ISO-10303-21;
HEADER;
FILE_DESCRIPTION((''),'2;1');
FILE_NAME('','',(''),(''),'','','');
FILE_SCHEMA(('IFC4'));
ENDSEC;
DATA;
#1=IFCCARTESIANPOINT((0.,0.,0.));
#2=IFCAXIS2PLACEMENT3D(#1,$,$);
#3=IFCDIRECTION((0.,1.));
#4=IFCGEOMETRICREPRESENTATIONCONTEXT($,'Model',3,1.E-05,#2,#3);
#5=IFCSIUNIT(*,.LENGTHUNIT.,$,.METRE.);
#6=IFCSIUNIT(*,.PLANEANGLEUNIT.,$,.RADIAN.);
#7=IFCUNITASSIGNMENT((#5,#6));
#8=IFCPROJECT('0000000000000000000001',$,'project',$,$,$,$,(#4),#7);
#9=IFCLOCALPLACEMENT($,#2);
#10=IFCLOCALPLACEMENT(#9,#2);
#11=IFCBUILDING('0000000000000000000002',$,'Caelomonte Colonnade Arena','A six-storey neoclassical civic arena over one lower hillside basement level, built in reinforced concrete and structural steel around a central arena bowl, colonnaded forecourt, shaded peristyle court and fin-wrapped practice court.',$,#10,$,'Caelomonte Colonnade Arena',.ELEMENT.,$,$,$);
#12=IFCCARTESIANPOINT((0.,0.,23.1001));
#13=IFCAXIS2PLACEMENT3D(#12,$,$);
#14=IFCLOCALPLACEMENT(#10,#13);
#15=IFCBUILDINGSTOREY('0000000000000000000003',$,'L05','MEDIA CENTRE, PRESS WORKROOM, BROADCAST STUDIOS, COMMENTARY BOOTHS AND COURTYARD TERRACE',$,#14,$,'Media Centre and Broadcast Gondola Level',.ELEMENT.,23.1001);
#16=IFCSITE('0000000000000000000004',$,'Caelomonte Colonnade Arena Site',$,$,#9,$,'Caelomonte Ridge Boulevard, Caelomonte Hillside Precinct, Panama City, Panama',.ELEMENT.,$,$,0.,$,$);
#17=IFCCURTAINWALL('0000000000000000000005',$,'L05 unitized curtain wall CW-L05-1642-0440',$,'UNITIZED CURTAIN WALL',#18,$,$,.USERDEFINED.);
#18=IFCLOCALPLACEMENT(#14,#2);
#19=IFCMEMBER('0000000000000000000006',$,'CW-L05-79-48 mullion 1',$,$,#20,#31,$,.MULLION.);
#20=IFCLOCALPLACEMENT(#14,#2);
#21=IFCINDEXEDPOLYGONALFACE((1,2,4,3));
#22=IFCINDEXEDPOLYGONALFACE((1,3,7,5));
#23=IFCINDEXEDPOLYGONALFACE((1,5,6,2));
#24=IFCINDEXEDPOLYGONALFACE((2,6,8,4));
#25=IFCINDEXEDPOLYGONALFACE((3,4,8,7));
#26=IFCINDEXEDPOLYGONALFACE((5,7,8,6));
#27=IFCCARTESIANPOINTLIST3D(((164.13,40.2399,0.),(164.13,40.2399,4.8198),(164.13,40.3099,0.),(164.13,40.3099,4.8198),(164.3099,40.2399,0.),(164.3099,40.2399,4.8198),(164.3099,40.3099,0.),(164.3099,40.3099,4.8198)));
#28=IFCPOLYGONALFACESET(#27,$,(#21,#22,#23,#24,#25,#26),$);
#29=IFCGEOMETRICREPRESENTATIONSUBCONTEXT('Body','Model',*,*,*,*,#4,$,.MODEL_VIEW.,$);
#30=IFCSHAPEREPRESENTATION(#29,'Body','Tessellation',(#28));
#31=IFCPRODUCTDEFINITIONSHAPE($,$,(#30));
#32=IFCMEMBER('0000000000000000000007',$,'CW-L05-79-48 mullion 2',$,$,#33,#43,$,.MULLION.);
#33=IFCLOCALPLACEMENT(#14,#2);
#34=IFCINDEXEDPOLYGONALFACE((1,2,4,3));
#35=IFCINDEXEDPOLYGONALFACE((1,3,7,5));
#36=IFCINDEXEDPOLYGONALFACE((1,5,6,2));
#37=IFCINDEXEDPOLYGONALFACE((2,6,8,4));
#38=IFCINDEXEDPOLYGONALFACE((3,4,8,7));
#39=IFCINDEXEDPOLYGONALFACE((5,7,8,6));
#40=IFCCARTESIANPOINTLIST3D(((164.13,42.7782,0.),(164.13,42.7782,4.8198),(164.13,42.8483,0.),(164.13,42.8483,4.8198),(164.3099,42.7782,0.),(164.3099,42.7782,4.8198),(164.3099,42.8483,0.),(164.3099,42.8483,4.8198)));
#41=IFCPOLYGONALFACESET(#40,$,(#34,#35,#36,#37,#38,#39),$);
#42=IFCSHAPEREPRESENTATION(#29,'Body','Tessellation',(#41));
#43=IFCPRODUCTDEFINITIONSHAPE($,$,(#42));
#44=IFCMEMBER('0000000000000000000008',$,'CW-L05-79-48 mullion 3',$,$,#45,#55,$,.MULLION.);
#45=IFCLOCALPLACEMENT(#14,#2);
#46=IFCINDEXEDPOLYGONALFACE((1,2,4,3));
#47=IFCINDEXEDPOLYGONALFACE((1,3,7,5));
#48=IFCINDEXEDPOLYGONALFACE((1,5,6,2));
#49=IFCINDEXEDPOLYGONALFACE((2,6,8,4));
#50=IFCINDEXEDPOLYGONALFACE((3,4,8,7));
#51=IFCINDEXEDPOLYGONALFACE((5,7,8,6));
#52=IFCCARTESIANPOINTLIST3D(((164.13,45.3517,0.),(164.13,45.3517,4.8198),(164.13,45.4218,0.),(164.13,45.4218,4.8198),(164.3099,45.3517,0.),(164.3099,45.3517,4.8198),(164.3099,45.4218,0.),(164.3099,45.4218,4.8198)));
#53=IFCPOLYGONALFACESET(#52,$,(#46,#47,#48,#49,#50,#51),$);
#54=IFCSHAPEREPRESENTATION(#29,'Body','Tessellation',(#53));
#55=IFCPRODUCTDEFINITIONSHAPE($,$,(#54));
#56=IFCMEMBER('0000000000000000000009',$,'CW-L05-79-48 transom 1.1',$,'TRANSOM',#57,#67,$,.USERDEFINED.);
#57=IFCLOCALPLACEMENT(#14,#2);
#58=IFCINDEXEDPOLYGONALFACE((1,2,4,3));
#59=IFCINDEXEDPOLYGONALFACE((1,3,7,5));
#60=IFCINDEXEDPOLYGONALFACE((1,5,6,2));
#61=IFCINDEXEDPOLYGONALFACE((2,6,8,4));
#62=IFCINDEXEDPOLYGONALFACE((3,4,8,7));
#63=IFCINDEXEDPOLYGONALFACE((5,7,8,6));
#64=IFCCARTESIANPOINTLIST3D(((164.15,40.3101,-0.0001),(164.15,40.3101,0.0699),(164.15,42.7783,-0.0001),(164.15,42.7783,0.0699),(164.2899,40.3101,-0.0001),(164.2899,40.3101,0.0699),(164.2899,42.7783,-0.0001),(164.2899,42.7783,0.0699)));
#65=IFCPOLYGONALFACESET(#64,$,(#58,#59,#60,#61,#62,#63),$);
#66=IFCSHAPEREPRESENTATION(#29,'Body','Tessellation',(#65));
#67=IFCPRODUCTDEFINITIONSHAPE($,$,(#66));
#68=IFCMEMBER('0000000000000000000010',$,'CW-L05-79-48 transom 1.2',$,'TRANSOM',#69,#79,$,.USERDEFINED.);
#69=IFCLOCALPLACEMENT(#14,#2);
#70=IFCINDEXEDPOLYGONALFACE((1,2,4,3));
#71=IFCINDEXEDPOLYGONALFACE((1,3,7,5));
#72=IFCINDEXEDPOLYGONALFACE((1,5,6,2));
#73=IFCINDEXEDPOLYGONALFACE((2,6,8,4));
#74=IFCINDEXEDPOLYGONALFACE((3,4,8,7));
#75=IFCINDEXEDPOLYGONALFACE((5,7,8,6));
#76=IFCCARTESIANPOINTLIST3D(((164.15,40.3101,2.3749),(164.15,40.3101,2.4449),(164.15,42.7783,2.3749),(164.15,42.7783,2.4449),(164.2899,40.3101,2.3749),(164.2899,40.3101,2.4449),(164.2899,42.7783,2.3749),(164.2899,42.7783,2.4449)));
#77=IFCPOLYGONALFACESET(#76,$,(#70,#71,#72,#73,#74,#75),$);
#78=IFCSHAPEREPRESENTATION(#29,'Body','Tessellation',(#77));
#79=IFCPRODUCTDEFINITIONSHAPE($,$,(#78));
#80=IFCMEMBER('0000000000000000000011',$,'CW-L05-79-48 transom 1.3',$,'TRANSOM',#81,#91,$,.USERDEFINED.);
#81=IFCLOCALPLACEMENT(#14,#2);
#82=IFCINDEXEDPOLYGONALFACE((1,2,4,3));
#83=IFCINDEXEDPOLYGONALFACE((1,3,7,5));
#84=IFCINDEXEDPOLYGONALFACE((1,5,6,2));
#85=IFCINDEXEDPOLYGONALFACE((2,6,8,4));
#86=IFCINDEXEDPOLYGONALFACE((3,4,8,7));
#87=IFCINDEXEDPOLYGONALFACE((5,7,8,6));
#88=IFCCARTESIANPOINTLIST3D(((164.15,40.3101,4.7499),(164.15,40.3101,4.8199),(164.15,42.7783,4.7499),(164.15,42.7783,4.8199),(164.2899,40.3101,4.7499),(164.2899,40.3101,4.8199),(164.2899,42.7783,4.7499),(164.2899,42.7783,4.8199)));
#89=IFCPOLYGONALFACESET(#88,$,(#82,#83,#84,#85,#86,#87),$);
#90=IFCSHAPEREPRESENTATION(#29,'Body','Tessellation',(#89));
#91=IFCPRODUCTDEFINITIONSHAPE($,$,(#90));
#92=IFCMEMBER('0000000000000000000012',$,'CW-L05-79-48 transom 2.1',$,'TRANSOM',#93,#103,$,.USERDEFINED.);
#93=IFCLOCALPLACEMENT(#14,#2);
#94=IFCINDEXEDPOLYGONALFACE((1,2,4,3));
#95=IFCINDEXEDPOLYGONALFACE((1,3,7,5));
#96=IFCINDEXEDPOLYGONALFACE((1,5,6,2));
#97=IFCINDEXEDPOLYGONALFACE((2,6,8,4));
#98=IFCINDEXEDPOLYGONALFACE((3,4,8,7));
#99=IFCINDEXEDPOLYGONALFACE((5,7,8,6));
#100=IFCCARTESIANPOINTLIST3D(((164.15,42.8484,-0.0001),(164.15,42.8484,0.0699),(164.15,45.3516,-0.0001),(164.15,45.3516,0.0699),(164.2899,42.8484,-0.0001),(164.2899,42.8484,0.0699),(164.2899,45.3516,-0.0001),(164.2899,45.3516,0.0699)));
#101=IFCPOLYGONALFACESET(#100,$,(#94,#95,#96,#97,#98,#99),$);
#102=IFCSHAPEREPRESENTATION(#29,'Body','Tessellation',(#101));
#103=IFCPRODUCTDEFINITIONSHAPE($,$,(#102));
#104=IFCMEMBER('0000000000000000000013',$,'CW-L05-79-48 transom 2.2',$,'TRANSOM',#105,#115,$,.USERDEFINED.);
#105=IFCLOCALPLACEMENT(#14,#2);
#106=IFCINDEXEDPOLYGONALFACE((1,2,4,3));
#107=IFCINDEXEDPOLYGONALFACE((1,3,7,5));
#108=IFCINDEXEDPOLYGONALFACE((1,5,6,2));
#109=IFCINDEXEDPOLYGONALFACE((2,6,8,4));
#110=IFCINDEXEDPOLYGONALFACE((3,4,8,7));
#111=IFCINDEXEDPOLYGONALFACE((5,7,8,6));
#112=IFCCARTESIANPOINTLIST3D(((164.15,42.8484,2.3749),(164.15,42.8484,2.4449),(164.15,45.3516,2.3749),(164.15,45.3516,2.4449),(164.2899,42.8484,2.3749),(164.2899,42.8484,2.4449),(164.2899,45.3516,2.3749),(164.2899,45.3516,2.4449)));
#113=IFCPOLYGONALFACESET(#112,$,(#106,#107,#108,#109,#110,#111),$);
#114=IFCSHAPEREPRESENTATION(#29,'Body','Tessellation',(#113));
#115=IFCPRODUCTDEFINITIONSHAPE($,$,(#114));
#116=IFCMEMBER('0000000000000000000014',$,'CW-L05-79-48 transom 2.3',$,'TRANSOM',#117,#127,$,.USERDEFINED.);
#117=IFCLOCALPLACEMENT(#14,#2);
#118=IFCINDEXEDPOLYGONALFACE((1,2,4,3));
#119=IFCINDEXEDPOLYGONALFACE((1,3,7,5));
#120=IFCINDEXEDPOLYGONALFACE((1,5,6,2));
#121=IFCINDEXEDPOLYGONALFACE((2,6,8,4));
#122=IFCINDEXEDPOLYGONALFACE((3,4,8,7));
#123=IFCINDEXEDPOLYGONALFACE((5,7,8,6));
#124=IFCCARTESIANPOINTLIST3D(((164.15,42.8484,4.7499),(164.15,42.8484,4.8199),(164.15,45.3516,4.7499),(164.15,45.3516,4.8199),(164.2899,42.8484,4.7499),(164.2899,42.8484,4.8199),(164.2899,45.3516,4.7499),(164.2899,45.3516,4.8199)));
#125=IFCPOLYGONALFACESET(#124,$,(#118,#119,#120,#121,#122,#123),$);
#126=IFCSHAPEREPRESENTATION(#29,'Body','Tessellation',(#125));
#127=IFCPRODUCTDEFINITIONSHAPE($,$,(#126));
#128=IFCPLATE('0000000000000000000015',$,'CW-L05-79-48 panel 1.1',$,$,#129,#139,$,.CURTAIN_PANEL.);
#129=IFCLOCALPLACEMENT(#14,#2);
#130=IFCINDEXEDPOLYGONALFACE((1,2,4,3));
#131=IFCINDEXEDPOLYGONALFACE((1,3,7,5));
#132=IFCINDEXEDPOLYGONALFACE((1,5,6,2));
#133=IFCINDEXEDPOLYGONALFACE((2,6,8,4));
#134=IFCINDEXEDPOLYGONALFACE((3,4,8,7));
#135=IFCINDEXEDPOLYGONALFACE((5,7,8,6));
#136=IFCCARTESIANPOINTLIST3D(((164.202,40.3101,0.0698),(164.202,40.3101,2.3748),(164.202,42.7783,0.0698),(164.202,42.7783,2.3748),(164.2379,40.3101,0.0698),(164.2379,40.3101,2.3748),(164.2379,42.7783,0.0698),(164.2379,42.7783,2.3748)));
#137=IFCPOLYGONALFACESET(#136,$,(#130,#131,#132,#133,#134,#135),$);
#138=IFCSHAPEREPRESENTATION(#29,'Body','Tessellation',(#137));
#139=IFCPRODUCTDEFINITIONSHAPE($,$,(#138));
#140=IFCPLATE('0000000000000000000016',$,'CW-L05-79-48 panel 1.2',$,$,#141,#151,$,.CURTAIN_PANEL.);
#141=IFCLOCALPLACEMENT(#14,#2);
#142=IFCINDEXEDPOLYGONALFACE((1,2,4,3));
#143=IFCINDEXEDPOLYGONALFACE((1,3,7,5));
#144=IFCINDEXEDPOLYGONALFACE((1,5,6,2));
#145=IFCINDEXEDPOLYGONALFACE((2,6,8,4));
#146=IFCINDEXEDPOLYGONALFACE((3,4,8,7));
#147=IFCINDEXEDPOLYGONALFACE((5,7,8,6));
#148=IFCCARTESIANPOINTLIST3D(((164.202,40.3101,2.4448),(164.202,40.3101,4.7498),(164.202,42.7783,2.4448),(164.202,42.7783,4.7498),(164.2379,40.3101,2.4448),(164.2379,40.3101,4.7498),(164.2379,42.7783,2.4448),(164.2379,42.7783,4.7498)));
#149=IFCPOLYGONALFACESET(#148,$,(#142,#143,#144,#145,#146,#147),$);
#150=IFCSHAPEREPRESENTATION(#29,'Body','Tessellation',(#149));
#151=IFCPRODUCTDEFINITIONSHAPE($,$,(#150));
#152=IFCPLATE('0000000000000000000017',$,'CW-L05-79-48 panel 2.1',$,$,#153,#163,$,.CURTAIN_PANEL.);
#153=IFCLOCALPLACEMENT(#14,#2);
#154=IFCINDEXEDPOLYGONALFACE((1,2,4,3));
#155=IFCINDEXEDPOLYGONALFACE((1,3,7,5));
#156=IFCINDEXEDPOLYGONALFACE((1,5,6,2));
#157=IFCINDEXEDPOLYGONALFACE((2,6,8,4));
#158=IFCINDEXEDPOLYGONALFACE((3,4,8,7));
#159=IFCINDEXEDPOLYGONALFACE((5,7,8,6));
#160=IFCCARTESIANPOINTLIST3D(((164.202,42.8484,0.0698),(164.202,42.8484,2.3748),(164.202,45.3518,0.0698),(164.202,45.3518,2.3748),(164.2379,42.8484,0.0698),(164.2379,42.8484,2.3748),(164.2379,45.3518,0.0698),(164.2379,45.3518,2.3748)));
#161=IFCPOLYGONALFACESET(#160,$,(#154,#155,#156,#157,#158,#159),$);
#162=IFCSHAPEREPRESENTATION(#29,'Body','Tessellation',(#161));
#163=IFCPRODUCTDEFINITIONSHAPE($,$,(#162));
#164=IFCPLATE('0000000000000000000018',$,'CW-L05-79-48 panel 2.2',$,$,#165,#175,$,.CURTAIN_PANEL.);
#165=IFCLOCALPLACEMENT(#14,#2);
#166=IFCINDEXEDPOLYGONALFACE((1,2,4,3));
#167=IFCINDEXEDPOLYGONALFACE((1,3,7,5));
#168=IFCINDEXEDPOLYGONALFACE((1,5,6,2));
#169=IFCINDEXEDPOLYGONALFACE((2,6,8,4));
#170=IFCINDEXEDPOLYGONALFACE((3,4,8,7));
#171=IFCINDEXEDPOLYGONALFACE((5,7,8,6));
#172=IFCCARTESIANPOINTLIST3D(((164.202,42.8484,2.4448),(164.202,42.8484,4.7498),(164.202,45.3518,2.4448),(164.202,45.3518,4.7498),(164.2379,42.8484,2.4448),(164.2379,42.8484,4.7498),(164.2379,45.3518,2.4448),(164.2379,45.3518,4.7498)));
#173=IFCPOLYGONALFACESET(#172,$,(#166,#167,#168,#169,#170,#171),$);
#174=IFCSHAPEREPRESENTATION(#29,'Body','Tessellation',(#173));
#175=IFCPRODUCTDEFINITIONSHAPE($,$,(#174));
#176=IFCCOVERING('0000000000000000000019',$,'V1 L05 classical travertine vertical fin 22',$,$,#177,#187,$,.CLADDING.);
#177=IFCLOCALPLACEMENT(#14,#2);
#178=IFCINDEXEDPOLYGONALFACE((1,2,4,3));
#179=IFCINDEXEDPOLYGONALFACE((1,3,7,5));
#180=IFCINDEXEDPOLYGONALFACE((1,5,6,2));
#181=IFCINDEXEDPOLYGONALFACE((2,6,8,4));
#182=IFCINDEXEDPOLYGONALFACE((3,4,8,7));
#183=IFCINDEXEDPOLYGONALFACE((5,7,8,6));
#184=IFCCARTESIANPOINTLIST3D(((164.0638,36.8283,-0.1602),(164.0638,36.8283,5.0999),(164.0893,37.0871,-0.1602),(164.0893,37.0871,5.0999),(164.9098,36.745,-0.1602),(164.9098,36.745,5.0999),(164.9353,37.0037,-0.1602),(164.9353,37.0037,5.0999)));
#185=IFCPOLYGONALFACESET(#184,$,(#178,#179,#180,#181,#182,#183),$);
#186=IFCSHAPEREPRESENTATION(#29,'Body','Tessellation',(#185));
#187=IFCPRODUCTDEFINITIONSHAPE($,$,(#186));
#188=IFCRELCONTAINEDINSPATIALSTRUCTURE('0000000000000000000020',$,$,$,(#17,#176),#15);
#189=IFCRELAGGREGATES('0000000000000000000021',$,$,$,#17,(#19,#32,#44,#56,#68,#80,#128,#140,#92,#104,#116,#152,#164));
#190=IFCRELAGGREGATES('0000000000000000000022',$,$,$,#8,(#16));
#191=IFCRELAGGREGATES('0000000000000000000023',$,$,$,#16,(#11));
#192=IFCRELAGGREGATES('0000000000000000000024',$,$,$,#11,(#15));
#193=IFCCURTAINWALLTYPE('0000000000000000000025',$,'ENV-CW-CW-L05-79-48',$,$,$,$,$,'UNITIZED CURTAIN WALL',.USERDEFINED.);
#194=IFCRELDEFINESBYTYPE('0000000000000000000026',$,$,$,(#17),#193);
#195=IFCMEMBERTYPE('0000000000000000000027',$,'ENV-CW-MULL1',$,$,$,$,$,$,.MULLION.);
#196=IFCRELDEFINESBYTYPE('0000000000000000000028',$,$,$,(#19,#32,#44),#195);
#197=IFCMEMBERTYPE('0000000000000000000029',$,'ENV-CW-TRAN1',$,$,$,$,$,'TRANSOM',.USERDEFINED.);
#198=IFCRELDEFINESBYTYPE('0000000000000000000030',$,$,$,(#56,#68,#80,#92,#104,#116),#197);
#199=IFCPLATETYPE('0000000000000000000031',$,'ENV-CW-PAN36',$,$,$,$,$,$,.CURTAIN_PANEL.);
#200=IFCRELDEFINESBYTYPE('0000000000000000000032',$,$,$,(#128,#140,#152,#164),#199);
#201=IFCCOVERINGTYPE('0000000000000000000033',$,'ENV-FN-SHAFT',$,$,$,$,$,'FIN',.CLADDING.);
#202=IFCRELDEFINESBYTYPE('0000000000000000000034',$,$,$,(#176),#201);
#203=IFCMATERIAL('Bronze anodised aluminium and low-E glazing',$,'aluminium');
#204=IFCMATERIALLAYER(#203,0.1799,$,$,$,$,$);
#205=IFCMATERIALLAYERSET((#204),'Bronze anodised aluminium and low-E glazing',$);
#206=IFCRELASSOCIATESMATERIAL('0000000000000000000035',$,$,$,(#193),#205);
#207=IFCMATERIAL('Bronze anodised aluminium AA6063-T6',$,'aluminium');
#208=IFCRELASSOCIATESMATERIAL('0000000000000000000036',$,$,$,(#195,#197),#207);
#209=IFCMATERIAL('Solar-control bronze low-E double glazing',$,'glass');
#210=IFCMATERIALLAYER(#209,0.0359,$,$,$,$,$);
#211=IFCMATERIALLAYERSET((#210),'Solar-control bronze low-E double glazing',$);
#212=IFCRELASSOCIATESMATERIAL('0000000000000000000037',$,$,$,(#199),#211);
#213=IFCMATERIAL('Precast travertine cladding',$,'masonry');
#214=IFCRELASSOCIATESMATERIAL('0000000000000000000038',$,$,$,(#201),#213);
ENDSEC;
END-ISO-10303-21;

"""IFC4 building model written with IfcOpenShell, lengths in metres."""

from ifc_helpers import new_model, si_unit, direction, frame, origin, origin_2d, place, context, subcontext, project, spatial, rectangle, extrude, material, layer, layer_set, material_profile, profile_set, type_object, element, aggregate, save


model = new_model("IFC4")

# Units and contexts
model_context = context("Model", 3, precision=1e-05, world=origin(), true_north=direction((0.0, 1.0)))
body_context = subcontext(model_context, "Body", "Model", "MODEL_VIEW")
ifc_project = project(units=[si_unit("LENGTHUNIT", "METRE"), si_unit("PLANEANGLEUNIT", "RADIAN")], contexts=[model_context])

# Site, building, storey
site_placement = place(None, origin())
site = spatial("IfcSite", under=ifc_project, at=site_placement, Name="Caelomonte Colonnade Arena Site", LongName="Caelomonte Ridge Boulevard, Caelomonte Hillside Precinct, Panama City, Panama", CompositionType="ELEMENT", RefElevation=0.0)
building_placement = place(site_placement, origin())
building = spatial("IfcBuilding", under=site, at=building_placement, Name="Caelomonte Colonnade Arena", Description="A six-storey neoclassical civic arena over one lower hillside basement level, built in reinforced concrete and structural steel around a central arena bowl, colonnaded forecourt, shaded peristyle court and fin-wrapped practice court.", LongName="Caelomonte Colonnade Arena", CompositionType="ELEMENT")
storey_placement = place(building_placement, frame((0.0, 0.0, 23.1001)))
storey = spatial("IfcBuildingStorey", under=building, at=storey_placement, Name="L05", Description="MEDIA CENTRE, PRESS WORKROOM, BROADCAST STUDIOS, COMMENTARY BOOTHS AND COURTYARD TERRACE", LongName="Media Centre and Broadcast Gondola Level", CompositionType="ELEMENT", Elevation=23.1001)

# Curtain wall, members, plates
ifc_material_1 = material(Name="Bronze anodised aluminium and low-E glazing", Category="aluminium")
ifc_layer_1 = layer(ifc_material_1, 0.1799)
ifc_layer_set_1 = layer_set([ifc_layer_1], Name="Bronze anodised aluminium and low-E glazing")
curtain_wall_type = type_object("IfcCurtainWallType", Name="ENV-CW-CW-L05-79-48", ElementType="UNITIZED CURTAIN WALL", PredefinedType="USERDEFINED", material=ifc_layer_set_1)
curtain_wall_placement = place(storey_placement, origin())
curtain_wall = element("IfcCurtainWall", 1, at=curtain_wall_placement, inside=storey, type_object=curtain_wall_type, Name="L05 unitized curtain wall CW-L05-1642-0440", ObjectType="UNITIZED CURTAIN WALL", PredefinedType="USERDEFINED")
ifc_material_2 = material(Name="Bronze anodised aluminium AA6063-T6", Category="aluminium")
ifc_material_profile_1 = material_profile(ifc_material_2, rectangle(XDim=0.0701, YDim=0.1799, at=origin_2d()), Name="CWM-70X180")
ifc_profile_set_1 = profile_set([ifc_material_profile_1], Name="Bronze anodised aluminium AA6063-T6")
member_type_1 = type_object("IfcMemberType", Name="ENV-CW-MULL1", PredefinedType="MULLION", material=ifc_profile_set_1)
member_1_placement = place(storey_placement, frame((164.22, 40.2749, 0.0), z_axis=(0.0, 0.0, 1.0), x_axis=(0.0, 1.0, 0.0)))
member_1 = element("IfcMember", 2, at=member_1_placement, type_object=member_type_1, Name="CW-L05-79-48 mullion 1", PredefinedType="MULLION", context=body_context, shape_type="SweptSolid", body=[
    extrude(rectangle(XDim=0.0701, YDim=0.1799, at=origin_2d()), origin(), (0.0, 0.0, 1.0), 4.8198),
])
member_2_placement = place(storey_placement, frame((164.22, 42.8132, 0.0), z_axis=(0.0, 0.0, 1.0), x_axis=(0.0, 1.0, 0.0)))
member_2 = element("IfcMember", 3, at=member_2_placement, type_object=member_type_1, Name="CW-L05-79-48 mullion 2", PredefinedType="MULLION", context=body_context, shape_type="SweptSolid", body=[
    extrude(rectangle(XDim=0.0701, YDim=0.1799, at=origin_2d()), origin(), (0.0, 0.0, 1.0), 4.8198),
])
member_3_placement = place(storey_placement, frame((164.22, 45.3867, 0.0), z_axis=(0.0, 0.0, 1.0), x_axis=(0.0, 1.0, 0.0)))
member_3 = element("IfcMember", 4, at=member_3_placement, type_object=member_type_1, Name="CW-L05-79-48 mullion 3", PredefinedType="MULLION", context=body_context, shape_type="SweptSolid", body=[
    extrude(rectangle(XDim=0.0701, YDim=0.1799, at=origin_2d()), origin(), (0.0, 0.0, 1.0), 4.8198),
])
ifc_material_profile_2 = material_profile(ifc_material_2, rectangle(XDim=0.0701, YDim=0.1399, at=origin_2d()), Name="CWT-70X140")
ifc_profile_set_2 = profile_set([ifc_material_profile_2], Name="Bronze anodised aluminium AA6063-T6")
member_type_2 = type_object("IfcMemberType", Name="ENV-CW-TRAN1", ElementType="TRANSOM", PredefinedType="USERDEFINED", material=ifc_profile_set_2)
member_4_placement = place(storey_placement, frame((164.22, 40.3101, 0.0349), z_axis=(0.0, 1.0, 0.0), x_axis=(0.0, 0.0, 1.0)))
member_4 = element("IfcMember", 5, at=member_4_placement, type_object=member_type_2, Name="CW-L05-79-48 transom 1.1", ObjectType="TRANSOM", PredefinedType="USERDEFINED", context=body_context, shape_type="SweptSolid", body=[
    extrude(rectangle(XDim=0.0701, YDim=0.1399, at=origin_2d()), origin(), (0.0, 0.0, 1.0), 2.4683),
])
member_5_placement = place(storey_placement, frame((164.22, 40.3101, 2.4099), z_axis=(0.0, 1.0, 0.0), x_axis=(0.0, 0.0, 1.0)))
member_5 = element("IfcMember", 6, at=member_5_placement, type_object=member_type_2, Name="CW-L05-79-48 transom 1.2", ObjectType="TRANSOM", PredefinedType="USERDEFINED", context=body_context, shape_type="SweptSolid", body=[
    extrude(rectangle(XDim=0.0701, YDim=0.1399, at=origin_2d()), origin(), (0.0, 0.0, 1.0), 2.4683),
])
member_6_placement = place(storey_placement, frame((164.22, 40.3101, 4.7849), z_axis=(0.0, 1.0, 0.0), x_axis=(0.0, 0.0, 1.0)))
member_6 = element("IfcMember", 7, at=member_6_placement, type_object=member_type_2, Name="CW-L05-79-48 transom 1.3", ObjectType="TRANSOM", PredefinedType="USERDEFINED", context=body_context, shape_type="SweptSolid", body=[
    extrude(rectangle(XDim=0.0701, YDim=0.1399, at=origin_2d()), origin(), (0.0, 0.0, 1.0), 2.4683),
])
member_7_placement = place(storey_placement, frame((164.22, 42.8484, 0.0349), z_axis=(0.0, 1.0, 0.0), x_axis=(0.0, 0.0, 1.0)))
member_7 = element("IfcMember", 8, at=member_7_placement, type_object=member_type_2, Name="CW-L05-79-48 transom 2.1", ObjectType="TRANSOM", PredefinedType="USERDEFINED", context=body_context, shape_type="SweptSolid", body=[
    extrude(rectangle(XDim=0.0701, YDim=0.1399, at=origin_2d()), origin(), (0.0, 0.0, 1.0), 2.5032),
])
member_8_placement = place(storey_placement, frame((164.22, 42.8484, 2.4099), z_axis=(0.0, 1.0, 0.0), x_axis=(0.0, 0.0, 1.0)))
member_8 = element("IfcMember", 9, at=member_8_placement, type_object=member_type_2, Name="CW-L05-79-48 transom 2.2", ObjectType="TRANSOM", PredefinedType="USERDEFINED", context=body_context, shape_type="SweptSolid", body=[
    extrude(rectangle(XDim=0.0701, YDim=0.1399, at=origin_2d()), origin(), (0.0, 0.0, 1.0), 2.5032),
])
member_9_placement = place(storey_placement, frame((164.22, 42.8484, 4.7849), z_axis=(0.0, 1.0, 0.0), x_axis=(0.0, 0.0, 1.0)))
member_9 = element("IfcMember", 10, at=member_9_placement, type_object=member_type_2, Name="CW-L05-79-48 transom 2.3", ObjectType="TRANSOM", PredefinedType="USERDEFINED", context=body_context, shape_type="SweptSolid", body=[
    extrude(rectangle(XDim=0.0701, YDim=0.1399, at=origin_2d()), origin(), (0.0, 0.0, 1.0), 2.5032),
])
ifc_material_3 = material(Name="Solar-control bronze low-E double glazing", Category="glass")
ifc_layer_2 = layer(ifc_material_3, 0.0359)
ifc_layer_set_2 = layer_set([ifc_layer_2], Name="Solar-control bronze low-E double glazing")
plate_type = type_object("IfcPlateType", Name="ENV-CW-PAN36", PredefinedType="CURTAIN_PANEL", material=ifc_layer_set_2)
plate_1_placement = place(storey_placement, frame((164.22, 41.5442, 0.0698), z_axis=(0.0, 0.0, 1.0), x_axis=(0.0, 1.0, 0.0)))
plate_1 = element("IfcPlate", 11, at=plate_1_placement, type_object=plate_type, Name="CW-L05-79-48 panel 1.1", PredefinedType="CURTAIN_PANEL", context=body_context, shape_type="SweptSolid", body=[
    extrude(rectangle(XDim=2.4683, YDim=0.0359, at=origin_2d()), origin(), (0.0, 0.0, 1.0), 2.3049),
])
plate_2_placement = place(storey_placement, frame((164.22, 41.5442, 2.4448), z_axis=(0.0, 0.0, 1.0), x_axis=(0.0, 1.0, 0.0)))
plate_2 = element("IfcPlate", 12, at=plate_2_placement, type_object=plate_type, Name="CW-L05-79-48 panel 1.2", PredefinedType="CURTAIN_PANEL", context=body_context, shape_type="SweptSolid", body=[
    extrude(rectangle(XDim=2.4683, YDim=0.0359, at=origin_2d()), origin(), (0.0, 0.0, 1.0), 2.3049),
])
plate_3_placement = place(storey_placement, frame((164.22, 44.1001, 0.0698), z_axis=(0.0, 0.0, 1.0), x_axis=(0.0, 1.0, 0.0)))
plate_3 = element("IfcPlate", 13, at=plate_3_placement, type_object=plate_type, Name="CW-L05-79-48 panel 2.1", PredefinedType="CURTAIN_PANEL", context=body_context, shape_type="SweptSolid", body=[
    extrude(rectangle(XDim=2.5034, YDim=0.0359, at=origin_2d()), origin(), (0.0, 0.0, 1.0), 2.3049),
])
plate_4_placement = place(storey_placement, frame((164.22, 44.1001, 2.4448), z_axis=(0.0, 0.0, 1.0), x_axis=(0.0, 1.0, 0.0)))
plate_4 = element("IfcPlate", 14, at=plate_4_placement, type_object=plate_type, Name="CW-L05-79-48 panel 2.2", PredefinedType="CURTAIN_PANEL", context=body_context, shape_type="SweptSolid", body=[
    extrude(rectangle(XDim=2.5034, YDim=0.0359, at=origin_2d()), origin(), (0.0, 0.0, 1.0), 2.3049),
])
aggregate(curtain_wall, [member_1, member_2, member_3, member_4, member_5, member_6, plate_1, plate_2, member_7, member_8, member_9, plate_3, plate_4])

# Covering
ifc_material_4 = material(Name="Precast travertine cladding", Category="masonry")
ifc_material_profile_3 = material_profile(ifc_material_4, rectangle(XDim=0.26, YDim=0.8501, at=origin_2d()), Name="FIN260X850")
ifc_profile_set_3 = profile_set([ifc_material_profile_3], Name="Precast travertine cladding")
covering_type = type_object("IfcCoveringType", Name="ENV-FN-SHAFT", ElementType="FIN", PredefinedType="CLADDING", material=ifc_profile_set_3)
for number, where, z_axis, x_axis, name in (
    (15, (164.4995, 36.916, -0.1602), (0.0, 0.0, 1.0), (-0.098015, -0.995185, 0.0), "V1 L05 classical travertine vertical fin 22"),
):
    element("IfcCovering", number, at=place(storey_placement, frame(where, z_axis=z_axis, x_axis=x_axis)), inside=storey, type_object=covering_type, Name=name, PredefinedType="CLADDING", context=body_context, shape_type="SweptSolid", body=[
        extrude(rectangle(XDim=0.26, YDim=0.8501, at=origin_2d()), origin(), (0.0, 0.0, 1.0), 5.26),
    ])

save(model, "model.ifc")
